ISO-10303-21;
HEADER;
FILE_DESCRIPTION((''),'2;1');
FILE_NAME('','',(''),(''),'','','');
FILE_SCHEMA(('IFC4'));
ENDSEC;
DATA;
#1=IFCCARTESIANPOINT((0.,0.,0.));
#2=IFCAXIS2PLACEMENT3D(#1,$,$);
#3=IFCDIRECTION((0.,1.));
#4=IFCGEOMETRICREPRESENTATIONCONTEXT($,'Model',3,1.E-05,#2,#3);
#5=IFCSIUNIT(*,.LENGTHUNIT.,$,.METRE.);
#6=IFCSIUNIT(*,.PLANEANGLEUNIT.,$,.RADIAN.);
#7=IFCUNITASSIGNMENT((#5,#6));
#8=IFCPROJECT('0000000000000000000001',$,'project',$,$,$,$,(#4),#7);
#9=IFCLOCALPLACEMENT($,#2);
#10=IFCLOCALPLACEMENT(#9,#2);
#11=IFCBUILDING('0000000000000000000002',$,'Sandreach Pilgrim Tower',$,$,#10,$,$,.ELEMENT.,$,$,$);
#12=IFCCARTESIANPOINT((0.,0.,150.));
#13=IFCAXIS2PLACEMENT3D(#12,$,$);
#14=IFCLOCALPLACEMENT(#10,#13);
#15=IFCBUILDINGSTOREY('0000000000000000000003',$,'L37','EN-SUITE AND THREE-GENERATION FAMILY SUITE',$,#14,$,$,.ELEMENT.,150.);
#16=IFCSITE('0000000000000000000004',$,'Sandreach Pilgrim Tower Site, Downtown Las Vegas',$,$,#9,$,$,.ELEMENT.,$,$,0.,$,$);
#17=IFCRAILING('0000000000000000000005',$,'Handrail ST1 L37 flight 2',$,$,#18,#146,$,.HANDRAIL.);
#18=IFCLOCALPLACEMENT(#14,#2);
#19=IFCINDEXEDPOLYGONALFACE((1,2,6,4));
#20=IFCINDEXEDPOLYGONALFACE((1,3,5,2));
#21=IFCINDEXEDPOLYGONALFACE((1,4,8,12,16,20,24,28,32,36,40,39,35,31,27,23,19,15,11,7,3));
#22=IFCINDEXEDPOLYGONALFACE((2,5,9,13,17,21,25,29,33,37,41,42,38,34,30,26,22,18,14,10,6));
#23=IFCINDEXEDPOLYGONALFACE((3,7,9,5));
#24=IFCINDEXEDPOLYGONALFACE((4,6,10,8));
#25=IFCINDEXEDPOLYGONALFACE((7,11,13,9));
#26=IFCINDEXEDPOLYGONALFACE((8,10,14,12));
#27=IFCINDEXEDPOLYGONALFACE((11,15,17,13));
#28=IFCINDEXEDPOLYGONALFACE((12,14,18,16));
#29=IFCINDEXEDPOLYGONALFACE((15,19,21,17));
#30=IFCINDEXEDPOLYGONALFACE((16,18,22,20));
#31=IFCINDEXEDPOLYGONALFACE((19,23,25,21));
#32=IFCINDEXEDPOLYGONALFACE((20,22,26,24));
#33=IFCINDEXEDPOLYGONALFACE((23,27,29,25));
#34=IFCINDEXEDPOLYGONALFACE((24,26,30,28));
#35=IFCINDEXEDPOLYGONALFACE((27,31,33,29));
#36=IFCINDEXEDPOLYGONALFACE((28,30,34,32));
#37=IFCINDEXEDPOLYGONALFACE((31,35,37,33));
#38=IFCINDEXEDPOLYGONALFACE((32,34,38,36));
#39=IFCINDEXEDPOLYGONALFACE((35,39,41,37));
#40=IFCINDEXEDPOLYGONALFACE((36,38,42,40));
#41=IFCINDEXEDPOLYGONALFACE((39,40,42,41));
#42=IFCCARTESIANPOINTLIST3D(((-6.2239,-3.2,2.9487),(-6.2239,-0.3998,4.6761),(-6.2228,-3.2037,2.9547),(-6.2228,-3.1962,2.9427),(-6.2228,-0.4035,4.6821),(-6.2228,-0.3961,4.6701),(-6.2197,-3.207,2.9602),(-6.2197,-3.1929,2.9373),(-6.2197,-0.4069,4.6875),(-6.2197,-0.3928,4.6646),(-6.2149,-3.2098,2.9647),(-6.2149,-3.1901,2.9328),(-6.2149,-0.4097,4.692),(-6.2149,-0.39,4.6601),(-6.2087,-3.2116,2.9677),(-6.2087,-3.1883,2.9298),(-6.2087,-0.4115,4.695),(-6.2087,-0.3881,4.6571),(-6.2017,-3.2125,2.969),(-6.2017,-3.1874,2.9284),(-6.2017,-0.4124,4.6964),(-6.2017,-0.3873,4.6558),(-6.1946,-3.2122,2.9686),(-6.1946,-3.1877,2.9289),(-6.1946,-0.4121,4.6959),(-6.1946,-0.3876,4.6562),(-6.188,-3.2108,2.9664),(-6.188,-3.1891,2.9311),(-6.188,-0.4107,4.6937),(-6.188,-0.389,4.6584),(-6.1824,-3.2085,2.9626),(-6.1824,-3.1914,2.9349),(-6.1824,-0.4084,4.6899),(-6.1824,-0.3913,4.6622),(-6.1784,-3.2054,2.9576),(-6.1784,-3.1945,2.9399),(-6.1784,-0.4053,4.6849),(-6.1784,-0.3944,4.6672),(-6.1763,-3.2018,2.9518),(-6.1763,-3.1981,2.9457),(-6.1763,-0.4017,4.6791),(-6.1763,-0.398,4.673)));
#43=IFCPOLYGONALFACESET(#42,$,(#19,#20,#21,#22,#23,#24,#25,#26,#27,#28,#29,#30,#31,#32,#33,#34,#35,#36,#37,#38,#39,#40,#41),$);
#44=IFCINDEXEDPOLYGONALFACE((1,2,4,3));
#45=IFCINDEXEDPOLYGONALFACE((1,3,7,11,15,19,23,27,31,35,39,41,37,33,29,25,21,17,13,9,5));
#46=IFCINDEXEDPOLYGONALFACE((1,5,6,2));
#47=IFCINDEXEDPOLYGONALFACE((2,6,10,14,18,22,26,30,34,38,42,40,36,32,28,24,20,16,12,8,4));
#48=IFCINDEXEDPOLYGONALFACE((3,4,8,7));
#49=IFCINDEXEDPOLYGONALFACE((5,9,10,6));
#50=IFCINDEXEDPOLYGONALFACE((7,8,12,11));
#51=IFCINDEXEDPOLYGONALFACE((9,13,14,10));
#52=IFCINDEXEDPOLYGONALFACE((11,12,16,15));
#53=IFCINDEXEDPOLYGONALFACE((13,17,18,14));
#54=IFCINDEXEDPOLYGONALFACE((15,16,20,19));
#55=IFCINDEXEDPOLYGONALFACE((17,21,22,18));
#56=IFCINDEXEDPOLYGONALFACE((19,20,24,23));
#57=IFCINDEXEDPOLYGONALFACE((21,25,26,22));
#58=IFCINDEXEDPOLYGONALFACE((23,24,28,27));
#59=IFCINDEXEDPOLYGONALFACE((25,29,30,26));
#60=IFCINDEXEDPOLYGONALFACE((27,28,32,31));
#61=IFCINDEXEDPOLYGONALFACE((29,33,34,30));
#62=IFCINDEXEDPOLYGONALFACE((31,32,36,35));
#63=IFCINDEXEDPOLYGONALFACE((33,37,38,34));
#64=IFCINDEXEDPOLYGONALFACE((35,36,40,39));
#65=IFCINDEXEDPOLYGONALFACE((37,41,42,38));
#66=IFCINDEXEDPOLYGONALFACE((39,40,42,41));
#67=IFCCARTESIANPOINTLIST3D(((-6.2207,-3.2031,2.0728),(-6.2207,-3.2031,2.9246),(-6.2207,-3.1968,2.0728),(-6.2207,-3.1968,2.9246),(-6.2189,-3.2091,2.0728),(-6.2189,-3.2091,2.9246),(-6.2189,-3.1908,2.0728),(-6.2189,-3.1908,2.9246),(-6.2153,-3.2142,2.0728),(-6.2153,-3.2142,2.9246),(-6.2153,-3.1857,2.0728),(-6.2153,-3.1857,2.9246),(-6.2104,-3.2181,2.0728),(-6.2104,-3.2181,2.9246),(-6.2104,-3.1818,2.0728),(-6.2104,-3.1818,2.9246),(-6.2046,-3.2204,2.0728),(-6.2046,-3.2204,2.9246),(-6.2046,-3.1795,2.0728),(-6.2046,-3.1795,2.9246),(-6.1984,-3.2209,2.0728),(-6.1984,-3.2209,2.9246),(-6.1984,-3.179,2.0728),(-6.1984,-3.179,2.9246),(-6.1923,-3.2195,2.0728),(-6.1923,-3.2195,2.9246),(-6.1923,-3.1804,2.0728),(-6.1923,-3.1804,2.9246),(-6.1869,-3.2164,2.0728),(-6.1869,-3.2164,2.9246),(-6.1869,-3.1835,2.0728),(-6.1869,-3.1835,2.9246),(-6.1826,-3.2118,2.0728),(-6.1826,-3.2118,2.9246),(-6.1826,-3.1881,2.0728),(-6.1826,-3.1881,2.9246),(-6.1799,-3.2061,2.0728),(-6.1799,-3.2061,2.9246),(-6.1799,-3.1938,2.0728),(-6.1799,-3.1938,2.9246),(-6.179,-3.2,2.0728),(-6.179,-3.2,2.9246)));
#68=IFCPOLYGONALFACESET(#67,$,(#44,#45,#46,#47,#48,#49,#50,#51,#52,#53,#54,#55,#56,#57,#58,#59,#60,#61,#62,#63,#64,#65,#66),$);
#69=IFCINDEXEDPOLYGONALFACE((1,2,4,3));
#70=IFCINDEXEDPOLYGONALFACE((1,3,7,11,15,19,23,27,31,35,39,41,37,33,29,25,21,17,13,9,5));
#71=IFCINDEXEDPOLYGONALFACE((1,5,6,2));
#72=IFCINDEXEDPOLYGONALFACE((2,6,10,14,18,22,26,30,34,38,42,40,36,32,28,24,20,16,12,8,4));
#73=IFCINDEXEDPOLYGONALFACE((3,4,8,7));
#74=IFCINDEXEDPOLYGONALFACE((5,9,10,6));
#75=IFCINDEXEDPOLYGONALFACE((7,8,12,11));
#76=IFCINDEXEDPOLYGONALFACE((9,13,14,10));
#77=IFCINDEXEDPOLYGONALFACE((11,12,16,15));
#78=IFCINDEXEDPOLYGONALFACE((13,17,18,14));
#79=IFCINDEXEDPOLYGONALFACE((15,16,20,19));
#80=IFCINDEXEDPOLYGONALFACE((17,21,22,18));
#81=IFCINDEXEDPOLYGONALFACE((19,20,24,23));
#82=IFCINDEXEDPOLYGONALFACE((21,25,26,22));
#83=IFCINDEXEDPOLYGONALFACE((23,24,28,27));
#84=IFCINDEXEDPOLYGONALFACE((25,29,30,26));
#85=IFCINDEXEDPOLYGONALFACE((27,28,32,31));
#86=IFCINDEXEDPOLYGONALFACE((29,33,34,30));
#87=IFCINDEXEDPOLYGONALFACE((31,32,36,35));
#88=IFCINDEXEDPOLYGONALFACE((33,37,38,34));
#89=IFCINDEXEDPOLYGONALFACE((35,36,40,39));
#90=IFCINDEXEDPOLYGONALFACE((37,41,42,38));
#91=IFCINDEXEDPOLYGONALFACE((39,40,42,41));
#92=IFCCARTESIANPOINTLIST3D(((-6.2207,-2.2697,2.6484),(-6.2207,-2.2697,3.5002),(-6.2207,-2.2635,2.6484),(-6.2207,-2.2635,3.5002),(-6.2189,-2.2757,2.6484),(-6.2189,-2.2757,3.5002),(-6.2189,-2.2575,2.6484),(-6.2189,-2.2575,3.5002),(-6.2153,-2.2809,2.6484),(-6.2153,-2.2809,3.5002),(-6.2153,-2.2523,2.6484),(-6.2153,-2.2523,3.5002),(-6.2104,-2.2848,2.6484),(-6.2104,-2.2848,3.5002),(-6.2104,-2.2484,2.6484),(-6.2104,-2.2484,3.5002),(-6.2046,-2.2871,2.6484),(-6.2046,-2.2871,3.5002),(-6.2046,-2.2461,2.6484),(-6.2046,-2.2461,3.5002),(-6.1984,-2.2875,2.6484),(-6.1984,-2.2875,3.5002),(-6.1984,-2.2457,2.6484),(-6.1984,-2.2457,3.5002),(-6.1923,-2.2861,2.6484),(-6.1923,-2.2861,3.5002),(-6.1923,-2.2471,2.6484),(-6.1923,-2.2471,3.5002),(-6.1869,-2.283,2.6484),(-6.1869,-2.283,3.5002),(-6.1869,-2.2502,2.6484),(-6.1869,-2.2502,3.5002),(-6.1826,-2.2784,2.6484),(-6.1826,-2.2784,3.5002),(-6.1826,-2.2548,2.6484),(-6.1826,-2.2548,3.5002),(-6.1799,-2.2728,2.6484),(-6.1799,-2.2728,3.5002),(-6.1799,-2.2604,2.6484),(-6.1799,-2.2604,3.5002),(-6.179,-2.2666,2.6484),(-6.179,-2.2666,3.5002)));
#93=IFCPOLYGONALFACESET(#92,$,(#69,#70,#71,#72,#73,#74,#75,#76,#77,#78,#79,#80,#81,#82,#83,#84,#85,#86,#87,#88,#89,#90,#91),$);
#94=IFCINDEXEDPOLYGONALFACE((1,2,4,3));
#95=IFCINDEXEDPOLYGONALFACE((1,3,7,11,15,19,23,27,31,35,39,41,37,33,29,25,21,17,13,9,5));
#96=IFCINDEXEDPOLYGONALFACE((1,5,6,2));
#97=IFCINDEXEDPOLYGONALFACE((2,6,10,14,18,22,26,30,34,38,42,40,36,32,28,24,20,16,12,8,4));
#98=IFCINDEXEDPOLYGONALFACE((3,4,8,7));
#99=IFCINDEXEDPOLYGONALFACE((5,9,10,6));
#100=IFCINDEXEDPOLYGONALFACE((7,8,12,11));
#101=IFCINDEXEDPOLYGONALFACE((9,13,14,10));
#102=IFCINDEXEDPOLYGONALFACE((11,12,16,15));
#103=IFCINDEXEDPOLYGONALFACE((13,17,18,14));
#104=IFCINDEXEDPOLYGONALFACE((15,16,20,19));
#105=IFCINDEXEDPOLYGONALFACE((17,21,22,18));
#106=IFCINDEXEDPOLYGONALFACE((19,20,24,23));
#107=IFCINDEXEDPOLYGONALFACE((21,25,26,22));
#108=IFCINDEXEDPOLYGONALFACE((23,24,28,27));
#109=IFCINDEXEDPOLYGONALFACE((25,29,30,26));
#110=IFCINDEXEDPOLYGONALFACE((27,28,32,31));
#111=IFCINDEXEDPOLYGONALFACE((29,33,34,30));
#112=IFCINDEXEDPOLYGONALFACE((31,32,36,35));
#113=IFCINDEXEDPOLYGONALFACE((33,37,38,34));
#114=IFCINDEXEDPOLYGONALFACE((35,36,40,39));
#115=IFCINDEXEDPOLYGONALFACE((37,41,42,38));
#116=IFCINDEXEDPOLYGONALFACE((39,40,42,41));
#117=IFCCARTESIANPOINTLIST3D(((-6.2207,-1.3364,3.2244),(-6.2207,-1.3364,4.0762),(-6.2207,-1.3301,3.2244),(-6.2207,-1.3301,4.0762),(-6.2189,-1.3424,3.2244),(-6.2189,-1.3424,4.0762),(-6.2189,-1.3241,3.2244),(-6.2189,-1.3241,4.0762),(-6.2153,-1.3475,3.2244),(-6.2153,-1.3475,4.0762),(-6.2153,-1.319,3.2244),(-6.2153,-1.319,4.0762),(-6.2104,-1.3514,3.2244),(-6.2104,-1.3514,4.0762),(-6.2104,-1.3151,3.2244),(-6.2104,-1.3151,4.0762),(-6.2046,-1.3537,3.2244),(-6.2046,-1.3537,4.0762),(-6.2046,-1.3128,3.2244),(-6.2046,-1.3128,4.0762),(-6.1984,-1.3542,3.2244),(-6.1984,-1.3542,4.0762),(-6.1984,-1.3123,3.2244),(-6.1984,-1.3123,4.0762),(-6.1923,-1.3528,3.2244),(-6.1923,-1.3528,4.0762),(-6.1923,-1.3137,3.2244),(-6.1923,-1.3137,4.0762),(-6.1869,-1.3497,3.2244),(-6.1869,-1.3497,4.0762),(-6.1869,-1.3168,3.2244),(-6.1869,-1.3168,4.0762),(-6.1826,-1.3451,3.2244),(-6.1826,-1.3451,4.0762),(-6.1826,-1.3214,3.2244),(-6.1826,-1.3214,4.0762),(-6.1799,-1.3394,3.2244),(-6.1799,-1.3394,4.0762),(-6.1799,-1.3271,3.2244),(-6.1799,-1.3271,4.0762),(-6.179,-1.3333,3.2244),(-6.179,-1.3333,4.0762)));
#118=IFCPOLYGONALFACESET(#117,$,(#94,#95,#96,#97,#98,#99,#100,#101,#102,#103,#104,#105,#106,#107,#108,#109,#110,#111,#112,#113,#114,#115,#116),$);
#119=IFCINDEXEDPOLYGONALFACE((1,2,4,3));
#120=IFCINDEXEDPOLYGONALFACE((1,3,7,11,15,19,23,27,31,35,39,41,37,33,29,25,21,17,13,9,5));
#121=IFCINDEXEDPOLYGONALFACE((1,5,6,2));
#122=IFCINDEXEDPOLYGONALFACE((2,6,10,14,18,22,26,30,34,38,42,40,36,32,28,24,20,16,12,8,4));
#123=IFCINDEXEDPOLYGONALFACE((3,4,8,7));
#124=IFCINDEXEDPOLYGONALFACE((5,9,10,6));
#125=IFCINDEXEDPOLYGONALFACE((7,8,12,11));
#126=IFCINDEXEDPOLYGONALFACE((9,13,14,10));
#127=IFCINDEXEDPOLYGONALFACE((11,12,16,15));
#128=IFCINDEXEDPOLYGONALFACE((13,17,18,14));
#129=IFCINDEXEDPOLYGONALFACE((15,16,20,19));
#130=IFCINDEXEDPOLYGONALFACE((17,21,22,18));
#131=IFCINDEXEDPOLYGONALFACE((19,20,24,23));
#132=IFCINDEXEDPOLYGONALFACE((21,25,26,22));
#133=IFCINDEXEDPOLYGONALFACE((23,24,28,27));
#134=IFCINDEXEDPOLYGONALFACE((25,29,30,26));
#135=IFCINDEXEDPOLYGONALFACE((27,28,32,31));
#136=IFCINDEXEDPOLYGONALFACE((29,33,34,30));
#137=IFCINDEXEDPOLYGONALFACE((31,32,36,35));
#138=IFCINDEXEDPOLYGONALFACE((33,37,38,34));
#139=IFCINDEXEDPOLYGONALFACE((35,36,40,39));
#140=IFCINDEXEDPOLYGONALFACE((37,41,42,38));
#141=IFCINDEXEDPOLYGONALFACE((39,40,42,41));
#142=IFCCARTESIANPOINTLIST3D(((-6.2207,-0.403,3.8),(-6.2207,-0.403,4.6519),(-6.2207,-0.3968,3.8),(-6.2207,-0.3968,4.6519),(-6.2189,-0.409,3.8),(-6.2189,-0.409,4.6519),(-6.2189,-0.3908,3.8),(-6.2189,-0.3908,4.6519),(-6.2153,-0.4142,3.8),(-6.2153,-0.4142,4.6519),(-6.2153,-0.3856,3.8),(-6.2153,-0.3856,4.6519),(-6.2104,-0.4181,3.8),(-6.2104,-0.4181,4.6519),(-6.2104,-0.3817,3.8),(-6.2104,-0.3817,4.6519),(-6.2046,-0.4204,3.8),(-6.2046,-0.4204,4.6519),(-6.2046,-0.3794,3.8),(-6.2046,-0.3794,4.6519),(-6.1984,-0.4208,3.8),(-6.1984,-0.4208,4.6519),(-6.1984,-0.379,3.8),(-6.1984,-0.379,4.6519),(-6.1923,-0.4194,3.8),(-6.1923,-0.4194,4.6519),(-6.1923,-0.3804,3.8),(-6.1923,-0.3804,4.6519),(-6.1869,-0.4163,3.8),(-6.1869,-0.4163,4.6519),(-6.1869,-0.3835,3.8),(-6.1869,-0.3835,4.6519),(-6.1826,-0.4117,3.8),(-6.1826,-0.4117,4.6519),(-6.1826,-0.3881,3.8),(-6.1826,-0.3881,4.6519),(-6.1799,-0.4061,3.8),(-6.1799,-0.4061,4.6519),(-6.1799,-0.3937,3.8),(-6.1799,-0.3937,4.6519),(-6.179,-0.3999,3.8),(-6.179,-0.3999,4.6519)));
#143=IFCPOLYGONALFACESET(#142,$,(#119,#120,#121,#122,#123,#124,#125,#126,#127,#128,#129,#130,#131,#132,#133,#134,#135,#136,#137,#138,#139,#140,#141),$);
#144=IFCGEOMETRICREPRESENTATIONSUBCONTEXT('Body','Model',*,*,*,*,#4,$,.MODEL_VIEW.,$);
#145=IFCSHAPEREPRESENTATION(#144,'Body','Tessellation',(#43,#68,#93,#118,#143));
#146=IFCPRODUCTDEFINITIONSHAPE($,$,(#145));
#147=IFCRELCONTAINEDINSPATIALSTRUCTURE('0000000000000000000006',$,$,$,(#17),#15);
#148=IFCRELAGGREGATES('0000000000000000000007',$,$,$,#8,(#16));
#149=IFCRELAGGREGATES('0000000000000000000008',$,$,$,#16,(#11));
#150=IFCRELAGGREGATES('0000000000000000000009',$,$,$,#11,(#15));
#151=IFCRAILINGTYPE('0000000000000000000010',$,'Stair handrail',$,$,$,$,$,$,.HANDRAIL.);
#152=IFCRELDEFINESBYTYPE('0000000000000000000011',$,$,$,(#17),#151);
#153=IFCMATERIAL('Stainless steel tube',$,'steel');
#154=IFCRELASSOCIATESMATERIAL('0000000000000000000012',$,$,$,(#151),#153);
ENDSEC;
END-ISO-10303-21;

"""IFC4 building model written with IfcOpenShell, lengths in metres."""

from ifc_helpers import new_model, si_unit, direction, frame, origin, origin_2d, place, context, subcontext, project, spatial, circle, extrude, material, type_object, element, save


model = new_model("IFC4")

# Units and contexts
model_context = context("Model", 3, precision=1e-05, world=origin(), true_north=direction((0.0, 1.0)))
body_context = subcontext(model_context, "Body", "Model", "MODEL_VIEW")
ifc_project = project(units=[si_unit("LENGTHUNIT", "METRE"), si_unit("PLANEANGLEUNIT", "RADIAN")], contexts=[model_context])

# Site, building, storey
site_placement = place(None, origin())
site = spatial("IfcSite", under=ifc_project, at=site_placement, Name="Sandreach Pilgrim Tower Site, Downtown Las Vegas", CompositionType="ELEMENT", RefElevation=0.0)
building_placement = place(site_placement, origin())
building = spatial("IfcBuilding", under=site, at=building_placement, Name="Sandreach Pilgrim Tower", CompositionType="ELEMENT")
storey_placement = place(building_placement, frame((0.0, 0.0, 150.0)))
storey = spatial("IfcBuildingStorey", under=building, at=storey_placement, Name="L37", Description="EN-SUITE AND THREE-GENERATION FAMILY SUITE", CompositionType="ELEMENT", Elevation=150.0)

# Railing
ifc_material_1 = material(Name="Stainless steel tube", Category="steel")
railing_type = type_object("IfcRailingType", Name="Stair handrail", PredefinedType="HANDRAIL", material=ifc_material_1)
railing_placement = place(storey_placement, frame((-6.2, -3.2, 2.0728)))
element("IfcRailing", 1, at=railing_placement, inside=storey, type_object=railing_type, Name="Handrail ST1 L37 flight 2", PredefinedType="HANDRAIL", context=body_context, shape_type="SweptSolid", body=[
    extrude(circle(Radius=0.0239, at=origin_2d()), frame((0.0, 0.0, 0.876), z_axis=(0.0, 0.85109, 0.52502), x_axis=(-1.0, 0.0, 0.0)), (0.0, 0.0, 1.0), 3.29),
    extrude(circle(Radius=0.021, at=origin_2d()), origin(), (0.0, 0.0, 1.0), 0.8518),
    extrude(circle(Radius=0.021, at=origin_2d()), frame((0.0, 0.9333, 0.5757)), (0.0, 0.0, 1.0), 0.8518),
    extrude(circle(Radius=0.021, at=origin_2d()), frame((0.0, 1.8667, 1.1516)), (0.0, 0.0, 1.0), 0.8518),
    extrude(circle(Radius=0.021, at=origin_2d()), frame((0.0, 2.8, 1.7273)), (0.0, 0.0, 1.0), 0.8518),
])

save(model, "model.ifc")
